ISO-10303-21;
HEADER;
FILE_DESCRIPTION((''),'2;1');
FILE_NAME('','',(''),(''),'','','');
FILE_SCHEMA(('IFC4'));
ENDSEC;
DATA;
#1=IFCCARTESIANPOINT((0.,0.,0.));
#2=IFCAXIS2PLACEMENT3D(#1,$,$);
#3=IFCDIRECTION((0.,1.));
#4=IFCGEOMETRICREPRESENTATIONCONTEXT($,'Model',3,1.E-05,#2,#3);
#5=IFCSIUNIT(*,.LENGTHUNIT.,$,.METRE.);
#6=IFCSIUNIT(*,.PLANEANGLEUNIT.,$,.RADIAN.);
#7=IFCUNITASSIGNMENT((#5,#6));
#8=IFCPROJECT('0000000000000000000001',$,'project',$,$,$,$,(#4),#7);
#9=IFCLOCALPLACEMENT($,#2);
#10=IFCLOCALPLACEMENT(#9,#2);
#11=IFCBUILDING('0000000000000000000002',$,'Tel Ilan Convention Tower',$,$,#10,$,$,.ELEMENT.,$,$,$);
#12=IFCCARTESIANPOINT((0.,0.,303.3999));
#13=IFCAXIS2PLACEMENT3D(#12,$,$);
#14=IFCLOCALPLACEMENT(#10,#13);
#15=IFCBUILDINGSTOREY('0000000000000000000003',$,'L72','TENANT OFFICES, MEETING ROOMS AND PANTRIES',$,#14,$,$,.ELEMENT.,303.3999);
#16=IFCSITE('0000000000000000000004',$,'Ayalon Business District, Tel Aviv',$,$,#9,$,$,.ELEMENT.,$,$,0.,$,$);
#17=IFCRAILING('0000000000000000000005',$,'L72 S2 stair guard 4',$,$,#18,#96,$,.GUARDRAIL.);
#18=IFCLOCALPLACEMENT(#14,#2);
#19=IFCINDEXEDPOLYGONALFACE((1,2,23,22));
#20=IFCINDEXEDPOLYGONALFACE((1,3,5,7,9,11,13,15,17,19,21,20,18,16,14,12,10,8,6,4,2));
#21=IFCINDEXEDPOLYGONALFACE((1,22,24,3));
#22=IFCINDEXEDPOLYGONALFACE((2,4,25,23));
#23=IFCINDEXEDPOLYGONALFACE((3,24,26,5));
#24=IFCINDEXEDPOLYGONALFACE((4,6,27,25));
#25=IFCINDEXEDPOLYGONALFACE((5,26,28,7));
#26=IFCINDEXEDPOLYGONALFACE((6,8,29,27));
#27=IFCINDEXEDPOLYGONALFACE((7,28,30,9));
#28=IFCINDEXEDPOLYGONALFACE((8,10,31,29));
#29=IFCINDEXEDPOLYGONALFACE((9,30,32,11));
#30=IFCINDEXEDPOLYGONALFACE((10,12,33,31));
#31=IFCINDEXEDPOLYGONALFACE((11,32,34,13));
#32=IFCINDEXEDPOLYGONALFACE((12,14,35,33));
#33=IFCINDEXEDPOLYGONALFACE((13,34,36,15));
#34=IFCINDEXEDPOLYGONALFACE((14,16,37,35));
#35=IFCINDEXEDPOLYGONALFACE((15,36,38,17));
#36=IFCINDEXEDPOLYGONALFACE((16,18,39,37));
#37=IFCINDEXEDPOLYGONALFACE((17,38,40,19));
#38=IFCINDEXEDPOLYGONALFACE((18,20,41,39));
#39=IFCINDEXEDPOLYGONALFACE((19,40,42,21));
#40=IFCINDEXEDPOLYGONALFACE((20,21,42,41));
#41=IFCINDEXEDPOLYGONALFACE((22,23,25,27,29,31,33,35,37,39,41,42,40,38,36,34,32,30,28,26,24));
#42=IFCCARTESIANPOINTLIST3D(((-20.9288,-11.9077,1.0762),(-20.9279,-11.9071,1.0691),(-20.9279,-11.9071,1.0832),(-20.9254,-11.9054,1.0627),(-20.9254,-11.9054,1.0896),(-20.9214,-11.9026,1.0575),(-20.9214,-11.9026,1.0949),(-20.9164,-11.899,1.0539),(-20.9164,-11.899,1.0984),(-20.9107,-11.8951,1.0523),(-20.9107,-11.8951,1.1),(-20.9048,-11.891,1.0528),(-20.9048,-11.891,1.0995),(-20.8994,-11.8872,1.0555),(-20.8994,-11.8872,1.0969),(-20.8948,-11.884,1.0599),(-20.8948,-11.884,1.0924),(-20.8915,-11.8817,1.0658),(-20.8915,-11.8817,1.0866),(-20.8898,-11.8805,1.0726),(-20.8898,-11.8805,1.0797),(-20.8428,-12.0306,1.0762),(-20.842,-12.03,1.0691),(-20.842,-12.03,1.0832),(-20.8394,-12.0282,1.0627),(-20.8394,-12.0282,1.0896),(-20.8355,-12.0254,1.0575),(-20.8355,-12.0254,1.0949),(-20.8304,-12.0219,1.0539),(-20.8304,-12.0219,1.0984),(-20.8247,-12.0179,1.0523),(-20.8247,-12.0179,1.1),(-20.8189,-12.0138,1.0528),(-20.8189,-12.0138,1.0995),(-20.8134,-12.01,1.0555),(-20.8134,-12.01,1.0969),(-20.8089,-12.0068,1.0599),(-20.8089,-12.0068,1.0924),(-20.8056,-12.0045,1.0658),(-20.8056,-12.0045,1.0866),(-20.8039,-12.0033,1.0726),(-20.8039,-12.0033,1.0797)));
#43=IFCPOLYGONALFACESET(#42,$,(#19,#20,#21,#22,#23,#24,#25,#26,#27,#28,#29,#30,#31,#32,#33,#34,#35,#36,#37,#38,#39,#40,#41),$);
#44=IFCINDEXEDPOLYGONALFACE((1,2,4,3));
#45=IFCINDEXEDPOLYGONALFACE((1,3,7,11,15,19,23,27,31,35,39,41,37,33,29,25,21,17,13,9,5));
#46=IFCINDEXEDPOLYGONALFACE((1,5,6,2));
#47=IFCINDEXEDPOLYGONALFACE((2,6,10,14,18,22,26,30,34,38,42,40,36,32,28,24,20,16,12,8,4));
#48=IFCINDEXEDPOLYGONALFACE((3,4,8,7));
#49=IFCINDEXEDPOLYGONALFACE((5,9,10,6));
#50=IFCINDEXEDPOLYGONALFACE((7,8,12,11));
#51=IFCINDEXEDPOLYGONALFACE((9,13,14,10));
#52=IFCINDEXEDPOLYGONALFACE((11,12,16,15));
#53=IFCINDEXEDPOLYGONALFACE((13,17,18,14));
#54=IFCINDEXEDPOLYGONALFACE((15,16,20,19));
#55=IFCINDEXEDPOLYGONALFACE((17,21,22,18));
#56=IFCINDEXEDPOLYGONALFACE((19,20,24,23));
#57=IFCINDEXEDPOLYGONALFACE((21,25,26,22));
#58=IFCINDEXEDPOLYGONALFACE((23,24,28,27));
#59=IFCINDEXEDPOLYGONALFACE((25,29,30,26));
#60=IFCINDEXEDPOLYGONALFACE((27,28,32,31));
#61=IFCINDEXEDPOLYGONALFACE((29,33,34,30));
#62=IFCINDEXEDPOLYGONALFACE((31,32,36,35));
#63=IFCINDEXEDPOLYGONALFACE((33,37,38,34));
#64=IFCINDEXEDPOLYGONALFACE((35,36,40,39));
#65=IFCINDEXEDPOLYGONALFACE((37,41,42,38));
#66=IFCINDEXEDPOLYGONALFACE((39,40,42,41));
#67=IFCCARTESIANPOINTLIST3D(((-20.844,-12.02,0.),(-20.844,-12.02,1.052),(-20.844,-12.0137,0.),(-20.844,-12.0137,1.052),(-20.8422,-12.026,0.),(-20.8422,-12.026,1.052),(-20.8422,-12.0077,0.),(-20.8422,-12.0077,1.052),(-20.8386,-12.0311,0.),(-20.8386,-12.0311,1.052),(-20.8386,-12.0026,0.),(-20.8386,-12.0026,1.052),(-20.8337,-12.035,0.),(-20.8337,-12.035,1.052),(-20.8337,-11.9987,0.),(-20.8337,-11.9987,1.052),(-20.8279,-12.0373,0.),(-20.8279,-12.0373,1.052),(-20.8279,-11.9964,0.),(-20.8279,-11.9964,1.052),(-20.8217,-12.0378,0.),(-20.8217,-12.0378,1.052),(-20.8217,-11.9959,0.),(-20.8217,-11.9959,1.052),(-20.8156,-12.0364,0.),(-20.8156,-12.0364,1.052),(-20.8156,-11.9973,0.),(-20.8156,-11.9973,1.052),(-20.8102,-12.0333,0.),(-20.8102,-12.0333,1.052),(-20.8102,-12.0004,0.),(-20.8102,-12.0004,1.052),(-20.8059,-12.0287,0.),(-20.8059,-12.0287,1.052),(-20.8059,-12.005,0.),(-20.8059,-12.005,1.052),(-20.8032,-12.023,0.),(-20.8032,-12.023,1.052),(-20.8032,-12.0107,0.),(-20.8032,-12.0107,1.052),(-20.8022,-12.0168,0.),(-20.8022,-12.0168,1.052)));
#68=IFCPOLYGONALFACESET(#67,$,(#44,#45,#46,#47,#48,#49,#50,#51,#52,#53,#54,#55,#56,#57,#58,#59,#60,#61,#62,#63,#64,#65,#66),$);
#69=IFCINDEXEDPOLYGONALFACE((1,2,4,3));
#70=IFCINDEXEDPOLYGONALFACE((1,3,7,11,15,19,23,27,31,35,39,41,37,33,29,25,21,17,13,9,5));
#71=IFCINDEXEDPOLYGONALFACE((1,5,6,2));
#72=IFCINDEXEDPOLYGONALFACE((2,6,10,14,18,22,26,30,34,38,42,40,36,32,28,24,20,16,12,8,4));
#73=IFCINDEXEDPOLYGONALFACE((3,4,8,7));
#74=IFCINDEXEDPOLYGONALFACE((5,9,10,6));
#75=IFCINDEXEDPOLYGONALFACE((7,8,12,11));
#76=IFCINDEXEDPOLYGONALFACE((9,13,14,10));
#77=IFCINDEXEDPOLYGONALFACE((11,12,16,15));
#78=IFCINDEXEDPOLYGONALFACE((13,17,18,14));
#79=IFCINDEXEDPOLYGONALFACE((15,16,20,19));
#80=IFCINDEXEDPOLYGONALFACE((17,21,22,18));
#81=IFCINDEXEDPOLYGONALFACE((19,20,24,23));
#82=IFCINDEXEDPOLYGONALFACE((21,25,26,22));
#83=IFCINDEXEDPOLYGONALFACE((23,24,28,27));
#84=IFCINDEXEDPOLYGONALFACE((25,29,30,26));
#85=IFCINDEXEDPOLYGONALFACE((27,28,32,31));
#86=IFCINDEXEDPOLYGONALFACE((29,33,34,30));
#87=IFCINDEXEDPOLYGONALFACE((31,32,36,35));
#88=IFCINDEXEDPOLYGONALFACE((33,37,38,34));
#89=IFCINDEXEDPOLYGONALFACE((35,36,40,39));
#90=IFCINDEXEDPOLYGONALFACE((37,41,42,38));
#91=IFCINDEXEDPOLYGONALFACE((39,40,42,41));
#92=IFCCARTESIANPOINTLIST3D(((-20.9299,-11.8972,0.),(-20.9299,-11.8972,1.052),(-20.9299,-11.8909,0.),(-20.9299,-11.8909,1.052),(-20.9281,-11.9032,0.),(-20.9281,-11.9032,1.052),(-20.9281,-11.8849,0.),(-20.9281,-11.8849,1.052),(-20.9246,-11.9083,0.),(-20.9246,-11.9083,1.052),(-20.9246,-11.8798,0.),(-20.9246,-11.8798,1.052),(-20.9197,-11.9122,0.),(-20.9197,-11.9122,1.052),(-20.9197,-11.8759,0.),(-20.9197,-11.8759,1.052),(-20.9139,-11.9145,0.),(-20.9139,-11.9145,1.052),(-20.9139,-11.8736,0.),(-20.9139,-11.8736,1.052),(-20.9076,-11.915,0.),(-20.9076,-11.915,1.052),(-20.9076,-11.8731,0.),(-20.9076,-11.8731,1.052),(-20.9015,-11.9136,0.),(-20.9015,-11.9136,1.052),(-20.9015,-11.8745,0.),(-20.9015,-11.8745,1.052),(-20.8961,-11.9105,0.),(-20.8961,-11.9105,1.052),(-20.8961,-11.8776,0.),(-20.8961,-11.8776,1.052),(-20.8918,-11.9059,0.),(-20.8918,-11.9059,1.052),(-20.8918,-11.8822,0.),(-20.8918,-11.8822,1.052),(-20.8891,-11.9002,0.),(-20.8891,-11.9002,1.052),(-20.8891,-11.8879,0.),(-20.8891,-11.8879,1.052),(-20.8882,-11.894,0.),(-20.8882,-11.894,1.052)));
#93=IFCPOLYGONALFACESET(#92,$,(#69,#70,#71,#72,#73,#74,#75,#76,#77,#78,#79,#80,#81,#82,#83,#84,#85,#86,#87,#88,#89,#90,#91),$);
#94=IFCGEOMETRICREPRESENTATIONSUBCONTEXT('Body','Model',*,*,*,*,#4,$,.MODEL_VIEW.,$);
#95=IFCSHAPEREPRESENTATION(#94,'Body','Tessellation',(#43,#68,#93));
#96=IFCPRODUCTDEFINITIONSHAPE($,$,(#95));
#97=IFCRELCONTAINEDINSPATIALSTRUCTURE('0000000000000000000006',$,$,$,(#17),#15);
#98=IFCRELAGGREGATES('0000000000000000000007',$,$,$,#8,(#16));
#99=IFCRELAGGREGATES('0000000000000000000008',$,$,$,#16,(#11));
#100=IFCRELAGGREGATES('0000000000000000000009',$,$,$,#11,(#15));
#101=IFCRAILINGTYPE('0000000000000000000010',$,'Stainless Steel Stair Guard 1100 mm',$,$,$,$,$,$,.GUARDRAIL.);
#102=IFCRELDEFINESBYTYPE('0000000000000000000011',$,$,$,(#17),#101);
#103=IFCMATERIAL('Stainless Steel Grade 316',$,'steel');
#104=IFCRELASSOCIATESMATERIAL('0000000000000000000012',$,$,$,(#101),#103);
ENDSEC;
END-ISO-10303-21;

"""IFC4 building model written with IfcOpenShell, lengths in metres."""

from ifc_helpers import new_model, si_unit, direction, frame, origin, origin_2d, place, context, subcontext, project, spatial, circle, extrude, material, type_object, element, save


model = new_model("IFC4")

# Units and contexts
model_context = context("Model", 3, precision=1e-05, world=origin(), true_north=direction((0.0, 1.0)))
body_context = subcontext(model_context, "Body", "Model", "MODEL_VIEW")
ifc_project = project(units=[si_unit("LENGTHUNIT", "METRE"), si_unit("PLANEANGLEUNIT", "RADIAN")], contexts=[model_context])

# Site, building, storey
site_placement = place(None, origin())
site = spatial("IfcSite", under=ifc_project, at=site_placement, Name="Ayalon Business District, Tel Aviv", CompositionType="ELEMENT", RefElevation=0.0)
building_placement = place(site_placement, origin())
building = spatial("IfcBuilding", under=site, at=building_placement, Name="Tel Ilan Convention Tower", CompositionType="ELEMENT")
storey_placement = place(building_placement, frame((0.0, 0.0, 303.3999)))
storey = spatial("IfcBuildingStorey", under=building, at=storey_placement, Name="L72", Description="TENANT OFFICES, MEETING ROOMS AND PANTRIES", CompositionType="ELEMENT", Elevation=303.3999)

# Railing
ifc_material_1 = material(Name="Stainless Steel Grade 316", Category="steel")
railing_type_1 = type_object("IfcRailingType", Name="Stainless Steel Stair Guard 1100 mm", PredefinedType="GUARDRAIL", material=ifc_material_1)
railing_1_placement = place(storey_placement, frame((-20.8232, -12.0168, 0.0)))
element("IfcRailing", 1, at=railing_1_placement, inside=storey, type_object=railing_type_1, Name="L72 S2 stair guard 4", PredefinedType="GUARDRAIL", context=body_context, shape_type="SweptSolid", body=[
    extrude(circle(Radius=0.0239, at=origin_2d()), frame((0.0, 0.0, 1.0762), z_axis=(-0.573353, 0.819308, 0.0), x_axis=(-0.819308, -0.573353, 0.0)), (0.0, 0.0, 1.0), 0.1499),
    extrude(circle(Radius=0.021, at=origin_2d()), origin(), (0.0, 0.0, 1.0), 1.052),
    extrude(circle(Radius=0.021, at=origin_2d()), frame((-0.0859, 0.1228, 0.0)), (0.0, 0.0, 1.0), 1.052),
])

save(model, "model.ifc")
